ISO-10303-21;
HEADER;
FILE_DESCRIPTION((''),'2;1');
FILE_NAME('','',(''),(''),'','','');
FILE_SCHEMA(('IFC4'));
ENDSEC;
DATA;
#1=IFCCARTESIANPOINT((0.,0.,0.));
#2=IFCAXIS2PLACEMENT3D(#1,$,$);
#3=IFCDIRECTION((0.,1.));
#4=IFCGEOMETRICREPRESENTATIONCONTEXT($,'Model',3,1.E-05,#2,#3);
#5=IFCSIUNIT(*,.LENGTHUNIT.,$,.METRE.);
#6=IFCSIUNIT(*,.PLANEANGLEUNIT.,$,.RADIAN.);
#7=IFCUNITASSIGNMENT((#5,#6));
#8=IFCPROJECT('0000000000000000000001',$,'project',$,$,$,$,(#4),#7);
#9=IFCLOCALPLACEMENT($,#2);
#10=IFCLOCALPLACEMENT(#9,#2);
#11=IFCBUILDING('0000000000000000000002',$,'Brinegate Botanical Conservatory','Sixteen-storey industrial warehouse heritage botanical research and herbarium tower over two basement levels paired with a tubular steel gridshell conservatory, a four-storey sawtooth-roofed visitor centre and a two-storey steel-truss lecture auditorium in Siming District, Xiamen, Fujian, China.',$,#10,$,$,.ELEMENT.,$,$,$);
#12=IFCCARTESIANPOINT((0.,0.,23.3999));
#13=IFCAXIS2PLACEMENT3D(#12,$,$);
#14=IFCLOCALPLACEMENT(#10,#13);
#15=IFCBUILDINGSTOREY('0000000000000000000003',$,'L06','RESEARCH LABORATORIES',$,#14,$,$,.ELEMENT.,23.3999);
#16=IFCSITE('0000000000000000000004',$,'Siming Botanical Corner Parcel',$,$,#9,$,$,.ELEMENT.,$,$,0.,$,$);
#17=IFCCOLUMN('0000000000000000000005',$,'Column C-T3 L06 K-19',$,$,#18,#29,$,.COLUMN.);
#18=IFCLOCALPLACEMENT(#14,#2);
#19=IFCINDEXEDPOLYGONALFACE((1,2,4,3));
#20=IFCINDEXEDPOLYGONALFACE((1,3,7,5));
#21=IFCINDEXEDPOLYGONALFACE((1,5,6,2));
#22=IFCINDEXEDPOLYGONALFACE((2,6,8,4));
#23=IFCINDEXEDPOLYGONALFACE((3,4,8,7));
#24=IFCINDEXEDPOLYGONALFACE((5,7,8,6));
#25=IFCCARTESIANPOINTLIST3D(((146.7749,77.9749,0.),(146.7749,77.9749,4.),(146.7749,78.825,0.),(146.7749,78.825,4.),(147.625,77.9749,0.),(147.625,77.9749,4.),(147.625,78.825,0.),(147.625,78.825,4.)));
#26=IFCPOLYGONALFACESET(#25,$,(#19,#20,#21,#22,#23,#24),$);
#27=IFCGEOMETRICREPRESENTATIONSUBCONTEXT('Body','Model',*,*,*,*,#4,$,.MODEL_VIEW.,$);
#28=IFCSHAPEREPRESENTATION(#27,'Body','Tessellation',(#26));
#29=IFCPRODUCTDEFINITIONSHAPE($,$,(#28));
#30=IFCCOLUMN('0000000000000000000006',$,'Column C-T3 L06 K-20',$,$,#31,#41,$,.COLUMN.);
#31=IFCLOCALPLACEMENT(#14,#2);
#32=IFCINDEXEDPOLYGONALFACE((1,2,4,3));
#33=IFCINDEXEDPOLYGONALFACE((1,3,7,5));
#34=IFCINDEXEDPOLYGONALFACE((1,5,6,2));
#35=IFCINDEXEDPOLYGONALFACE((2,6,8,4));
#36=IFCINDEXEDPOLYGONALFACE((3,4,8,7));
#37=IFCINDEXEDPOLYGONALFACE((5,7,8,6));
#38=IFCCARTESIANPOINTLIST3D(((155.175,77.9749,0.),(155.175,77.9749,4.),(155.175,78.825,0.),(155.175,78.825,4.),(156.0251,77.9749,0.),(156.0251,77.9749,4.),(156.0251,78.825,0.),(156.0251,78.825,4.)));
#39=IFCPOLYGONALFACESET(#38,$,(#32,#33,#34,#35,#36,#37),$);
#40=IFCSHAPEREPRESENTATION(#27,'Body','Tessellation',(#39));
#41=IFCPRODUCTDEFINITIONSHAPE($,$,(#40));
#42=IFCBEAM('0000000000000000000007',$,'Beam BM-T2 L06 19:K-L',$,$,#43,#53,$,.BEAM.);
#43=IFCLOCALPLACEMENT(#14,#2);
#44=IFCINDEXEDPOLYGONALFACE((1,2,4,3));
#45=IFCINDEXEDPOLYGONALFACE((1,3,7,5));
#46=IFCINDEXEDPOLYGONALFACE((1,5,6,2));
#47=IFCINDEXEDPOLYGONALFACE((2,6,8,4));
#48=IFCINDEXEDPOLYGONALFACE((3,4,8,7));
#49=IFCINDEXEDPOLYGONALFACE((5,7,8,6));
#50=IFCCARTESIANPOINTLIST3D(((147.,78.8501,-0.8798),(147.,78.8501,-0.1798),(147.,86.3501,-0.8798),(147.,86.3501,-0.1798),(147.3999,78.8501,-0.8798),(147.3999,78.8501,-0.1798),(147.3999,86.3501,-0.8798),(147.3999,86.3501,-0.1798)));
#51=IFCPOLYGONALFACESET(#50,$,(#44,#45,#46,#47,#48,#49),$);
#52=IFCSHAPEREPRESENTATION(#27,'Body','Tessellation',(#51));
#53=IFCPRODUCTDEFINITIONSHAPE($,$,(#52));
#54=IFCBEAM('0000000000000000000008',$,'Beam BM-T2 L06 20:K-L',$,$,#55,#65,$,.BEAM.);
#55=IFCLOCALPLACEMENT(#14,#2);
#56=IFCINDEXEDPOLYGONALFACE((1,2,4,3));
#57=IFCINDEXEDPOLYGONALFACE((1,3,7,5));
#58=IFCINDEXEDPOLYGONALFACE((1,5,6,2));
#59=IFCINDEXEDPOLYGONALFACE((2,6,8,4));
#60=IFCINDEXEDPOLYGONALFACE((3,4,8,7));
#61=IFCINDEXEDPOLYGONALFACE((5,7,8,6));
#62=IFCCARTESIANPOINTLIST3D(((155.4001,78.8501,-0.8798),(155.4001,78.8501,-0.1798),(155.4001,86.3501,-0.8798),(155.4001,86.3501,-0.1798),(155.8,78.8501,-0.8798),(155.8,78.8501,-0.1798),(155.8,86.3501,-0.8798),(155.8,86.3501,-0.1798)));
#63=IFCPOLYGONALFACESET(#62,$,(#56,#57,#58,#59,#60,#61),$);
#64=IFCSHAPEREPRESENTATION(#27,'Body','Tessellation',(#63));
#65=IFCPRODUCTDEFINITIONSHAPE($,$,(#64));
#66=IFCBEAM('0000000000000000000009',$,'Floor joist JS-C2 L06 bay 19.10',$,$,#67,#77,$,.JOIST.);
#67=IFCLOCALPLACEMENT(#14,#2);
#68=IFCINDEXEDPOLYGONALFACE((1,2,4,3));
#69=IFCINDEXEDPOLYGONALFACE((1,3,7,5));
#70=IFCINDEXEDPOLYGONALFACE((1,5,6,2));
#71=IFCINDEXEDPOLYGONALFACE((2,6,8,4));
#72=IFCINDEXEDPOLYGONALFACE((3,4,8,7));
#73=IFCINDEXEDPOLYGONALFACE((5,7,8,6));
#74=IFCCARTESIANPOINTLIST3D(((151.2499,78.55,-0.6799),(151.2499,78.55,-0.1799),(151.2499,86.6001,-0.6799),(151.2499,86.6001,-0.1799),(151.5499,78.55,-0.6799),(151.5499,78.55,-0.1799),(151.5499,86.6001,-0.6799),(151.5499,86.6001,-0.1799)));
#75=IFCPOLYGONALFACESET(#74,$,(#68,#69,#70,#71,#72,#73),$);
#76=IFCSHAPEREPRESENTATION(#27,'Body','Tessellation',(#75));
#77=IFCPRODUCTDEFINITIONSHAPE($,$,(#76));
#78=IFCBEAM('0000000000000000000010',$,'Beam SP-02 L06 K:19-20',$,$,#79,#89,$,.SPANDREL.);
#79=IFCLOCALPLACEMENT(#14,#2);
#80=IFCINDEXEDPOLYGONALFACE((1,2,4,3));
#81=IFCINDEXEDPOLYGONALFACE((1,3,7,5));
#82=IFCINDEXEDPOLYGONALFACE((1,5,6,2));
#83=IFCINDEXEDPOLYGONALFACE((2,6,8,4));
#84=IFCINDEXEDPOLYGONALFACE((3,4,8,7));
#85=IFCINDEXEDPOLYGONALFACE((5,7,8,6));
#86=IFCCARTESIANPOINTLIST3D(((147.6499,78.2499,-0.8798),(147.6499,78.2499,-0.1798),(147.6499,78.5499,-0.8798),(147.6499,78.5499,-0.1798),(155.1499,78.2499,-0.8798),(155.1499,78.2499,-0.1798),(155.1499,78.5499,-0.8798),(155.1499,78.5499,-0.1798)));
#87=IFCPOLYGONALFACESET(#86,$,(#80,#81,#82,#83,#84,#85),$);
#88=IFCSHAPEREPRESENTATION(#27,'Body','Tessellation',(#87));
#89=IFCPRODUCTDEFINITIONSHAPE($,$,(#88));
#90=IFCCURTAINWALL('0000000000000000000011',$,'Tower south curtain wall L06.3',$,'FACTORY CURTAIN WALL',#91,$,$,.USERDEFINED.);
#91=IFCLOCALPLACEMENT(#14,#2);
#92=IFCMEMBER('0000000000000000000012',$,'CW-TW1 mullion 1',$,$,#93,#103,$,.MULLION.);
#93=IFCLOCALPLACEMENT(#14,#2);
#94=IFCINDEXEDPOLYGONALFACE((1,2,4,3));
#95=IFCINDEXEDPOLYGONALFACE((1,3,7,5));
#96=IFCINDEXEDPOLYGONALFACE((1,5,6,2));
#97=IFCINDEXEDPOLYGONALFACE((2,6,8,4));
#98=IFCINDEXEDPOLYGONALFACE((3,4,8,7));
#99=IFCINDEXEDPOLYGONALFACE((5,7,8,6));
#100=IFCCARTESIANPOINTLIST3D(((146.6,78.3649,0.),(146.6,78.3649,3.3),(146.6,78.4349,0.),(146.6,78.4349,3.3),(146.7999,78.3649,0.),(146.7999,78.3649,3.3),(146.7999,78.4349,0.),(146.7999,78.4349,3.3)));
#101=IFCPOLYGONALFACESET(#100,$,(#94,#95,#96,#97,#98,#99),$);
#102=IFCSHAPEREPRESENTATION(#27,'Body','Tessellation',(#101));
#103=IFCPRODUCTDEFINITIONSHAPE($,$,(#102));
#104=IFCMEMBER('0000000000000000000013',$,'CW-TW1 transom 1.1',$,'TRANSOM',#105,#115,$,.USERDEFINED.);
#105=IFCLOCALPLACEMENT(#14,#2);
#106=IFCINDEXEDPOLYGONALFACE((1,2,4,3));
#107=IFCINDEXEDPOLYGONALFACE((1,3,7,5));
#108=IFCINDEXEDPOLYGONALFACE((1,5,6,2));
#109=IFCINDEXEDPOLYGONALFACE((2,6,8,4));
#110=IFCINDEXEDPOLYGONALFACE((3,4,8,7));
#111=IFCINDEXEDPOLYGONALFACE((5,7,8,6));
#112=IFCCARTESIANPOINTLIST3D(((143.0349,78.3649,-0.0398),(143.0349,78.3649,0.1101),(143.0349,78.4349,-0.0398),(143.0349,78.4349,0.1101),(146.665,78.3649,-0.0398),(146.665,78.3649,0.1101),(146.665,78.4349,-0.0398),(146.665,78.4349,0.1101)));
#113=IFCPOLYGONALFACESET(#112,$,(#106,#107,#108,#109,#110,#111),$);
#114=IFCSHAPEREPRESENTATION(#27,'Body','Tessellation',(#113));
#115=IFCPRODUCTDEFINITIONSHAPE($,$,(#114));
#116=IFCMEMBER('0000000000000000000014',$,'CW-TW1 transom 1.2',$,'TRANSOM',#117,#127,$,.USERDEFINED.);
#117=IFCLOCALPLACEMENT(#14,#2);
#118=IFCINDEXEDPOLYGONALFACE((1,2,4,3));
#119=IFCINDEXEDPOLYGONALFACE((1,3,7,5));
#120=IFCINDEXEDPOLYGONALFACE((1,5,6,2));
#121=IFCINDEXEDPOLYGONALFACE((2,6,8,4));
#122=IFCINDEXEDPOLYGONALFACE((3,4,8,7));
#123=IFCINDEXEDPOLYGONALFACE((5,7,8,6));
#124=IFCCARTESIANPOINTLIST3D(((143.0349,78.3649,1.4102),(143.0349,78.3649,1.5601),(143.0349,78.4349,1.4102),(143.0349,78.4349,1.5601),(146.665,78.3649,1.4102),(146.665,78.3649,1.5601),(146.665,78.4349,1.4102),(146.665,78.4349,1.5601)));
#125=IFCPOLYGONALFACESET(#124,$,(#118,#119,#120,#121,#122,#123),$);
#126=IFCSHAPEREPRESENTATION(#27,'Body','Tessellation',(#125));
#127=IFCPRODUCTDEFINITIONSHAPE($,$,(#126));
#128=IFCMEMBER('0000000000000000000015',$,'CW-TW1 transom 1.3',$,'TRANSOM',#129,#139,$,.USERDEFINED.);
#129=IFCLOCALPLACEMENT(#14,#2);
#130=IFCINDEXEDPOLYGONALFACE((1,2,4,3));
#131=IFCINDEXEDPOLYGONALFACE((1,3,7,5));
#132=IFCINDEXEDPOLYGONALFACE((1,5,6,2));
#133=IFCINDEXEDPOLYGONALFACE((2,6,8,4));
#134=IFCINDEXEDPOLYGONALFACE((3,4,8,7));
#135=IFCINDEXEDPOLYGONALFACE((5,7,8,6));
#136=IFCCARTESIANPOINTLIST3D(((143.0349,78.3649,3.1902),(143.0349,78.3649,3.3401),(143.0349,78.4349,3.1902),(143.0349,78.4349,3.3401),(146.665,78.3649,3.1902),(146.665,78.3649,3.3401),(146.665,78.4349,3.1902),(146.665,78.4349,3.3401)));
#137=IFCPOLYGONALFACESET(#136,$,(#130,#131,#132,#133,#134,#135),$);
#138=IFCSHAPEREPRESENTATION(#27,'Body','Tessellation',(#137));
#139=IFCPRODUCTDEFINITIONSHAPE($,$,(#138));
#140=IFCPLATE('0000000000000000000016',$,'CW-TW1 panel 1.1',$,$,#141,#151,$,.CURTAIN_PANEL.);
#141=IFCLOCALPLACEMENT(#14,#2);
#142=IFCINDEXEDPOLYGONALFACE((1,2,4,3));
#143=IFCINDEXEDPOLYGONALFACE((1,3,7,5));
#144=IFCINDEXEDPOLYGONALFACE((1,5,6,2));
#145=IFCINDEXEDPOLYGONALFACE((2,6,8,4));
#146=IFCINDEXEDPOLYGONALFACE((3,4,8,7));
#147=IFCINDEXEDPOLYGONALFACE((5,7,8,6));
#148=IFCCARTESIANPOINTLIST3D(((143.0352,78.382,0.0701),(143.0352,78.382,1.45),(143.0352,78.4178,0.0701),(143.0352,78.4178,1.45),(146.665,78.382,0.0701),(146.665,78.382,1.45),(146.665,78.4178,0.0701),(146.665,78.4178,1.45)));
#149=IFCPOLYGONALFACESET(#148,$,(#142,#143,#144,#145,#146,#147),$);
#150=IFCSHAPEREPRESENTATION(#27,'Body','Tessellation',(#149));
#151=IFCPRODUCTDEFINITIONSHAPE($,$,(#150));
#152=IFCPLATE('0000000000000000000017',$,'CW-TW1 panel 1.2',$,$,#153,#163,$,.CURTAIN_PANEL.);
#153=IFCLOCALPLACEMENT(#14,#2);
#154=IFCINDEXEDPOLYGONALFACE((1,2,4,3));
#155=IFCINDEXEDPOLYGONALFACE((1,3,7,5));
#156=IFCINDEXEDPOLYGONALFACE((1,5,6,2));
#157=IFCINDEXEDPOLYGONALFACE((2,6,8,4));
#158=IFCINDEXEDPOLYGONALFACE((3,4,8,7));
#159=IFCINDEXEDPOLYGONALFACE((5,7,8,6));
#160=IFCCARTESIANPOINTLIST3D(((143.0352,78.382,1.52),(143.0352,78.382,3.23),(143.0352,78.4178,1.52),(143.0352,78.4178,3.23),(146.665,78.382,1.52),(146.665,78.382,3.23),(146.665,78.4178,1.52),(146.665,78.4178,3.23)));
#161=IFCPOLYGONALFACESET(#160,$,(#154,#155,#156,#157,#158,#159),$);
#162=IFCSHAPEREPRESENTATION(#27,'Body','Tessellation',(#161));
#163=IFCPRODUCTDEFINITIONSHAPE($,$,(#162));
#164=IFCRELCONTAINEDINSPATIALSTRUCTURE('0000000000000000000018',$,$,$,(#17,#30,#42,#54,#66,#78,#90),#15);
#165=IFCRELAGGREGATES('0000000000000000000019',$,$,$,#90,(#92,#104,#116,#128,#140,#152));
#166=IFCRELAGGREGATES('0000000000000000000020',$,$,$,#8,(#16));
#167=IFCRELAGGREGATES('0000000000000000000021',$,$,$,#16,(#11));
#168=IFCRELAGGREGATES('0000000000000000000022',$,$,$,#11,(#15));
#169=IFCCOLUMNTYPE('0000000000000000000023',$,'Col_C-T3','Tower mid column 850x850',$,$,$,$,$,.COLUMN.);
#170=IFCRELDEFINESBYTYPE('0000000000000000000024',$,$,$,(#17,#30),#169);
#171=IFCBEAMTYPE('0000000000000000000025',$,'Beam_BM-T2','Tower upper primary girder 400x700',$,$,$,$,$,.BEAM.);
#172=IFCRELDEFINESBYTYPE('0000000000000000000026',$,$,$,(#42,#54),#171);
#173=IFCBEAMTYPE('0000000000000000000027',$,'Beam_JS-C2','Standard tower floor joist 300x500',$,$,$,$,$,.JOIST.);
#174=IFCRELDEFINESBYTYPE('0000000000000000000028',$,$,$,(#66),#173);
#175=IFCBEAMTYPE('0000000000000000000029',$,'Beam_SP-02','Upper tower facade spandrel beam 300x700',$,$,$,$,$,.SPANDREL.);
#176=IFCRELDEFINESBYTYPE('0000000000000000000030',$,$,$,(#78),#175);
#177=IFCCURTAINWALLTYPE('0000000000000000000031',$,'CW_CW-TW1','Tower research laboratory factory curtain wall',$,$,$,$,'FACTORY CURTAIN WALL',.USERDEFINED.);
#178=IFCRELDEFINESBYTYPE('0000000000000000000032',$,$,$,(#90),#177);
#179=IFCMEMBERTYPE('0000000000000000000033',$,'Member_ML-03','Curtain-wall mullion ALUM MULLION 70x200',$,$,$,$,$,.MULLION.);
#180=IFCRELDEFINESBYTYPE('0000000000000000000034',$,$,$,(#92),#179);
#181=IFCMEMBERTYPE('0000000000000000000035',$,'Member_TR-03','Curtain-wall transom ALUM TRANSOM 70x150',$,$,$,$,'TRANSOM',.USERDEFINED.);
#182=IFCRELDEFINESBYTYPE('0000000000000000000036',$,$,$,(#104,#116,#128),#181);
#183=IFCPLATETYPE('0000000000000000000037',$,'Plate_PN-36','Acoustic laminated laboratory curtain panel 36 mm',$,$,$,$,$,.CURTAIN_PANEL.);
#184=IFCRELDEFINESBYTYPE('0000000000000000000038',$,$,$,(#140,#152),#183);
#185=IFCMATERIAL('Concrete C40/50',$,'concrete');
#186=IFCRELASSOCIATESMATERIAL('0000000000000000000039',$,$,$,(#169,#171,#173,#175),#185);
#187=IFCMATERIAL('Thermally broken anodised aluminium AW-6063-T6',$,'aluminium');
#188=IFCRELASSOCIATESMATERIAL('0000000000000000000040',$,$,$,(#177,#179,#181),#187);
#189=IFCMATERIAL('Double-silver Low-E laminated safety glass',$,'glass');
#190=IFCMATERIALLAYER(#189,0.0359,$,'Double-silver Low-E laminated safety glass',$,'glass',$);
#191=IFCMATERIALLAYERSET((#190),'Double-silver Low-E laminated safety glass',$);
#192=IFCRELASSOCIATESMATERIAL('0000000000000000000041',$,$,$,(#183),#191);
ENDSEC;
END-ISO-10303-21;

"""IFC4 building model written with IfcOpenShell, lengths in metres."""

from ifc_helpers import new_model, si_unit, direction, frame, origin, origin_2d, place, context, subcontext, project, spatial, rectangle, extrude, material, layer, layer_set, material_profile, profile_set, type_object, element, aggregate, save


model = new_model("IFC4")

# Units and contexts
model_context = context("Model", 3, precision=1e-05, world=origin(), true_north=direction((0.0, 1.0)))
body_context = subcontext(model_context, "Body", "Model", "MODEL_VIEW")
ifc_project = project(units=[si_unit("LENGTHUNIT", "METRE"), si_unit("PLANEANGLEUNIT", "RADIAN")], contexts=[model_context])

# Site, building, storey
site_placement = place(None, origin())
site = spatial("IfcSite", under=ifc_project, at=site_placement, Name="Siming Botanical Corner Parcel", CompositionType="ELEMENT", RefElevation=0.0)
building_placement = place(site_placement, origin())
building = spatial("IfcBuilding", under=site, at=building_placement, Name="Brinegate Botanical Conservatory", Description="Sixteen-storey industrial warehouse heritage botanical research and herbarium tower over two basement levels paired with a tubular steel gridshell conservatory, a four-storey sawtooth-roofed visitor centre and a two-storey steel-truss lecture auditorium in Siming District, Xiamen, Fujian, China.", CompositionType="ELEMENT")
storey_placement = place(building_placement, frame((0.0, 0.0, 23.3999)))
storey = spatial("IfcBuildingStorey", under=building, at=storey_placement, Name="L06", Description="RESEARCH LABORATORIES", CompositionType="ELEMENT", Elevation=23.3999)

# Columns
ifc_material_1 = material(Name="Concrete C40/50", Category="concrete")
ifc_material_profile_1 = material_profile(ifc_material_1, rectangle(XDim=0.8501, YDim=0.8501, at=origin_2d()), Name="RC COL 850x850")
ifc_profile_set_1 = profile_set([ifc_material_profile_1], Name="Concrete C40/50")
column_type = type_object("IfcColumnType", Name="Col_C-T3", Description="Tower mid column 850x850", PredefinedType="COLUMN", material=ifc_profile_set_1)
for number, where, z_axis, x_axis, name in (
    (1, (147.2, 78.3999, 0.0), (0.0, 0.0, 1.0), (1.0, 0.0, 0.0), "Column C-T3 L06 K-19"),
    (2, (155.6001, 78.3999, 0.0), (0.0, 0.0, 1.0), (1.0, 0.0, 0.0), "Column C-T3 L06 K-20"),
):
    element("IfcColumn", number, at=place(storey_placement, frame(where, z_axis=z_axis, x_axis=x_axis)), inside=storey, type_object=column_type, Name=name, PredefinedType="COLUMN", context=body_context, shape_type="SweptSolid", body=[
        extrude(rectangle(XDim=0.8501, YDim=0.8501, at=origin_2d()), origin(), (0.0, 0.0, 1.0), 4.0),
    ])

# Beams
ifc_material_profile_2 = material_profile(ifc_material_1, rectangle(XDim=0.3999, YDim=0.7, at=origin_2d()), Name="RC BM 400x700")
ifc_profile_set_2 = profile_set([ifc_material_profile_2], Name="Concrete C40/50")
beam_type_1 = type_object("IfcBeamType", Name="Beam_BM-T2", Description="Tower upper primary girder 400x700", PredefinedType="BEAM", material=ifc_profile_set_2)
for number, where, z_axis, x_axis, name in (
    (3, (147.2, 78.8501, -0.5298), (0.0, 1.0, 0.0), (-1.0, 0.0, 0.0), "Beam BM-T2 L06 19:K-L"),
    (4, (155.6001, 78.8501, -0.5298), (0.0, 1.0, 0.0), (-1.0, 0.0, 0.0), "Beam BM-T2 L06 20:K-L"),
):
    element("IfcBeam", number, at=place(storey_placement, frame(where, z_axis=z_axis, x_axis=x_axis)), inside=storey, type_object=beam_type_1, Name=name, PredefinedType="BEAM", context=body_context, shape_type="SweptSolid", body=[
        extrude(rectangle(XDim=0.3999, YDim=0.7, at=origin_2d()), origin(), (0.0, 0.0, 1.0), 7.5),
    ])
ifc_material_profile_3 = material_profile(ifc_material_1, rectangle(XDim=0.3, YDim=0.5, at=origin_2d()), Name="RC JST 300x500")
ifc_profile_set_3 = profile_set([ifc_material_profile_3], Name="Concrete C40/50")
beam_type_2 = type_object("IfcBeamType", Name="Beam_JS-C2", Description="Standard tower floor joist 300x500", PredefinedType="JOIST", material=ifc_profile_set_3)
beam_1_placement = place(storey_placement, frame((151.3999, 78.55, -0.4299), z_axis=(0.0, 1.0, 0.0), x_axis=(-1.0, 0.0, 0.0)))
element("IfcBeam", 5, at=beam_1_placement, inside=storey, type_object=beam_type_2, Name="Floor joist JS-C2 L06 bay 19.10", PredefinedType="JOIST", context=body_context, shape_type="SweptSolid", body=[
    extrude(rectangle(XDim=0.3, YDim=0.5, at=origin_2d()), origin(), (0.0, 0.0, 1.0), 8.05),
])
ifc_material_profile_4 = material_profile(ifc_material_1, rectangle(XDim=0.3, YDim=0.7, at=origin_2d()), Name="RC SPN 300x700")
ifc_profile_set_4 = profile_set([ifc_material_profile_4], Name="Concrete C40/50")
beam_type_3 = type_object("IfcBeamType", Name="Beam_SP-02", Description="Upper tower facade spandrel beam 300x700", PredefinedType="SPANDREL", material=ifc_profile_set_4)
beam_2_placement = place(storey_placement, frame((147.6499, 78.3999, -0.5298), z_axis=(1.0, 0.0, 0.0), x_axis=(0.0, 1.0, 0.0)))
element("IfcBeam", 6, at=beam_2_placement, inside=storey, type_object=beam_type_3, Name="Beam SP-02 L06 K:19-20", PredefinedType="SPANDREL", context=body_context, shape_type="SweptSolid", body=[
    extrude(rectangle(XDim=0.3, YDim=0.7, at=origin_2d()), origin(), (0.0, 0.0, 1.0), 7.5),
])

# Curtain wall, members, plates
ifc_material_2 = material(Name="Thermally broken anodised aluminium AW-6063-T6", Category="aluminium")
curtain_wall_type = type_object("IfcCurtainWallType", Name="CW_CW-TW1", Description="Tower research laboratory factory curtain wall", ElementType="FACTORY CURTAIN WALL", PredefinedType="USERDEFINED", material=ifc_material_2)
curtain_wall_placement = place(storey_placement, origin())
curtain_wall = element("IfcCurtainWall", 7, at=curtain_wall_placement, inside=storey, type_object=curtain_wall_type, Name="Tower south curtain wall L06.3", ObjectType="FACTORY CURTAIN WALL", PredefinedType="USERDEFINED")
ifc_material_profile_5 = material_profile(ifc_material_2, rectangle(XDim=0.0701, YDim=0.2, at=origin_2d()), Name="ALUM MULLION 70x200")
ifc_profile_set_5 = profile_set([ifc_material_profile_5], Name="Thermally broken anodised aluminium AW-6063-T6")
member_type_1 = type_object("IfcMemberType", Name="Member_ML-03", Description="Curtain-wall mullion ALUM MULLION 70x200", PredefinedType="MULLION", material=ifc_profile_set_5)
member_1_placement = place(storey_placement, frame((146.7, 78.3999, 0.0), z_axis=(0.0, 0.0, 1.0), x_axis=(0.0, -1.0, 0.0)))
member_1 = element("IfcMember", 8, at=member_1_placement, type_object=member_type_1, Name="CW-TW1 mullion 1", PredefinedType="MULLION", context=body_context, shape_type="SweptSolid", body=[
    extrude(rectangle(XDim=0.0701, YDim=0.2, at=origin_2d()), origin(), (0.0, 0.0, 1.0), 3.3),
])
ifc_material_profile_6 = material_profile(ifc_material_2, rectangle(XDim=0.0701, YDim=0.1499, at=origin_2d()), Name="ALUM TRANSOM 70x150")
ifc_profile_set_6 = profile_set([ifc_material_profile_6], Name="Thermally broken anodised aluminium AW-6063-T6")
member_type_2 = type_object("IfcMemberType", Name="Member_TR-03", Description="Curtain-wall transom ALUM TRANSOM 70x150", ElementType="TRANSOM", PredefinedType="USERDEFINED", material=ifc_profile_set_6)
member_2_placement = place(storey_placement, frame((146.665, 78.3999, 0.0352), z_axis=(-1.0, 0.0, 0.0), x_axis=(0.0, -1.0, 0.0)))
member_2 = element("IfcMember", 9, at=member_2_placement, type_object=member_type_2, Name="CW-TW1 transom 1.1", ObjectType="TRANSOM", PredefinedType="USERDEFINED", context=body_context, shape_type="SweptSolid", body=[
    extrude(rectangle(XDim=0.0701, YDim=0.1499, at=origin_2d()), origin(), (0.0, 0.0, 1.0), 3.6301),
])
member_3_placement = place(storey_placement, frame((146.665, 78.3999, 1.4851), z_axis=(-1.0, 0.0, 0.0), x_axis=(0.0, -1.0, 0.0)))
member_3 = element("IfcMember", 10, at=member_3_placement, type_object=member_type_2, Name="CW-TW1 transom 1.2", ObjectType="TRANSOM", PredefinedType="USERDEFINED", context=body_context, shape_type="SweptSolid", body=[
    extrude(rectangle(XDim=0.0701, YDim=0.1499, at=origin_2d()), origin(), (0.0, 0.0, 1.0), 3.6301),
])
member_4_placement = place(storey_placement, frame((146.665, 78.3999, 3.2651), z_axis=(-1.0, 0.0, 0.0), x_axis=(0.0, -1.0, 0.0)))
member_4 = element("IfcMember", 11, at=member_4_placement, type_object=member_type_2, Name="CW-TW1 transom 1.3", ObjectType="TRANSOM", PredefinedType="USERDEFINED", context=body_context, shape_type="SweptSolid", body=[
    extrude(rectangle(XDim=0.0701, YDim=0.1499, at=origin_2d()), origin(), (0.0, 0.0, 1.0), 3.6301),
])
ifc_material_3 = material(Name="Double-silver Low-E laminated safety glass", Category="glass")
ifc_layer_1 = layer(ifc_material_3, 0.0359, Name="Double-silver Low-E laminated safety glass", Category="glass")
ifc_layer_set_1 = layer_set([ifc_layer_1], Name="Double-silver Low-E laminated safety glass")
plate_type = type_object("IfcPlateType", Name="Plate_PN-36", Description="Acoustic laminated laboratory curtain panel 36 mm", PredefinedType="CURTAIN_PANEL", material=ifc_layer_set_1)
plate_1_placement = place(storey_placement, frame((144.8501, 78.3999, 0.0701), z_axis=(0.0, 0.0, 1.0), x_axis=(-1.0, 0.0, 0.0)))
plate_1 = element("IfcPlate", 12, at=plate_1_placement, type_object=plate_type, Name="CW-TW1 panel 1.1", PredefinedType="CURTAIN_PANEL", context=body_context, shape_type="SweptSolid", body=[
    extrude(rectangle(XDim=3.6299, YDim=0.0359, at=origin_2d()), origin(), (0.0, 0.0, 1.0), 1.3799),
])
plate_2_placement = place(storey_placement, frame((144.8501, 78.3999, 1.52), z_axis=(0.0, 0.0, 1.0), x_axis=(-1.0, 0.0, 0.0)))
plate_2 = element("IfcPlate", 13, at=plate_2_placement, type_object=plate_type, Name="CW-TW1 panel 1.2", PredefinedType="CURTAIN_PANEL", context=body_context, shape_type="SweptSolid", body=[
    extrude(rectangle(XDim=3.6299, YDim=0.0359, at=origin_2d()), origin(), (0.0, 0.0, 1.0), 1.71),
])
aggregate(curtain_wall, [member_1, member_2, member_3, member_4, plate_1, plate_2])

save(model, "model.ifc")
